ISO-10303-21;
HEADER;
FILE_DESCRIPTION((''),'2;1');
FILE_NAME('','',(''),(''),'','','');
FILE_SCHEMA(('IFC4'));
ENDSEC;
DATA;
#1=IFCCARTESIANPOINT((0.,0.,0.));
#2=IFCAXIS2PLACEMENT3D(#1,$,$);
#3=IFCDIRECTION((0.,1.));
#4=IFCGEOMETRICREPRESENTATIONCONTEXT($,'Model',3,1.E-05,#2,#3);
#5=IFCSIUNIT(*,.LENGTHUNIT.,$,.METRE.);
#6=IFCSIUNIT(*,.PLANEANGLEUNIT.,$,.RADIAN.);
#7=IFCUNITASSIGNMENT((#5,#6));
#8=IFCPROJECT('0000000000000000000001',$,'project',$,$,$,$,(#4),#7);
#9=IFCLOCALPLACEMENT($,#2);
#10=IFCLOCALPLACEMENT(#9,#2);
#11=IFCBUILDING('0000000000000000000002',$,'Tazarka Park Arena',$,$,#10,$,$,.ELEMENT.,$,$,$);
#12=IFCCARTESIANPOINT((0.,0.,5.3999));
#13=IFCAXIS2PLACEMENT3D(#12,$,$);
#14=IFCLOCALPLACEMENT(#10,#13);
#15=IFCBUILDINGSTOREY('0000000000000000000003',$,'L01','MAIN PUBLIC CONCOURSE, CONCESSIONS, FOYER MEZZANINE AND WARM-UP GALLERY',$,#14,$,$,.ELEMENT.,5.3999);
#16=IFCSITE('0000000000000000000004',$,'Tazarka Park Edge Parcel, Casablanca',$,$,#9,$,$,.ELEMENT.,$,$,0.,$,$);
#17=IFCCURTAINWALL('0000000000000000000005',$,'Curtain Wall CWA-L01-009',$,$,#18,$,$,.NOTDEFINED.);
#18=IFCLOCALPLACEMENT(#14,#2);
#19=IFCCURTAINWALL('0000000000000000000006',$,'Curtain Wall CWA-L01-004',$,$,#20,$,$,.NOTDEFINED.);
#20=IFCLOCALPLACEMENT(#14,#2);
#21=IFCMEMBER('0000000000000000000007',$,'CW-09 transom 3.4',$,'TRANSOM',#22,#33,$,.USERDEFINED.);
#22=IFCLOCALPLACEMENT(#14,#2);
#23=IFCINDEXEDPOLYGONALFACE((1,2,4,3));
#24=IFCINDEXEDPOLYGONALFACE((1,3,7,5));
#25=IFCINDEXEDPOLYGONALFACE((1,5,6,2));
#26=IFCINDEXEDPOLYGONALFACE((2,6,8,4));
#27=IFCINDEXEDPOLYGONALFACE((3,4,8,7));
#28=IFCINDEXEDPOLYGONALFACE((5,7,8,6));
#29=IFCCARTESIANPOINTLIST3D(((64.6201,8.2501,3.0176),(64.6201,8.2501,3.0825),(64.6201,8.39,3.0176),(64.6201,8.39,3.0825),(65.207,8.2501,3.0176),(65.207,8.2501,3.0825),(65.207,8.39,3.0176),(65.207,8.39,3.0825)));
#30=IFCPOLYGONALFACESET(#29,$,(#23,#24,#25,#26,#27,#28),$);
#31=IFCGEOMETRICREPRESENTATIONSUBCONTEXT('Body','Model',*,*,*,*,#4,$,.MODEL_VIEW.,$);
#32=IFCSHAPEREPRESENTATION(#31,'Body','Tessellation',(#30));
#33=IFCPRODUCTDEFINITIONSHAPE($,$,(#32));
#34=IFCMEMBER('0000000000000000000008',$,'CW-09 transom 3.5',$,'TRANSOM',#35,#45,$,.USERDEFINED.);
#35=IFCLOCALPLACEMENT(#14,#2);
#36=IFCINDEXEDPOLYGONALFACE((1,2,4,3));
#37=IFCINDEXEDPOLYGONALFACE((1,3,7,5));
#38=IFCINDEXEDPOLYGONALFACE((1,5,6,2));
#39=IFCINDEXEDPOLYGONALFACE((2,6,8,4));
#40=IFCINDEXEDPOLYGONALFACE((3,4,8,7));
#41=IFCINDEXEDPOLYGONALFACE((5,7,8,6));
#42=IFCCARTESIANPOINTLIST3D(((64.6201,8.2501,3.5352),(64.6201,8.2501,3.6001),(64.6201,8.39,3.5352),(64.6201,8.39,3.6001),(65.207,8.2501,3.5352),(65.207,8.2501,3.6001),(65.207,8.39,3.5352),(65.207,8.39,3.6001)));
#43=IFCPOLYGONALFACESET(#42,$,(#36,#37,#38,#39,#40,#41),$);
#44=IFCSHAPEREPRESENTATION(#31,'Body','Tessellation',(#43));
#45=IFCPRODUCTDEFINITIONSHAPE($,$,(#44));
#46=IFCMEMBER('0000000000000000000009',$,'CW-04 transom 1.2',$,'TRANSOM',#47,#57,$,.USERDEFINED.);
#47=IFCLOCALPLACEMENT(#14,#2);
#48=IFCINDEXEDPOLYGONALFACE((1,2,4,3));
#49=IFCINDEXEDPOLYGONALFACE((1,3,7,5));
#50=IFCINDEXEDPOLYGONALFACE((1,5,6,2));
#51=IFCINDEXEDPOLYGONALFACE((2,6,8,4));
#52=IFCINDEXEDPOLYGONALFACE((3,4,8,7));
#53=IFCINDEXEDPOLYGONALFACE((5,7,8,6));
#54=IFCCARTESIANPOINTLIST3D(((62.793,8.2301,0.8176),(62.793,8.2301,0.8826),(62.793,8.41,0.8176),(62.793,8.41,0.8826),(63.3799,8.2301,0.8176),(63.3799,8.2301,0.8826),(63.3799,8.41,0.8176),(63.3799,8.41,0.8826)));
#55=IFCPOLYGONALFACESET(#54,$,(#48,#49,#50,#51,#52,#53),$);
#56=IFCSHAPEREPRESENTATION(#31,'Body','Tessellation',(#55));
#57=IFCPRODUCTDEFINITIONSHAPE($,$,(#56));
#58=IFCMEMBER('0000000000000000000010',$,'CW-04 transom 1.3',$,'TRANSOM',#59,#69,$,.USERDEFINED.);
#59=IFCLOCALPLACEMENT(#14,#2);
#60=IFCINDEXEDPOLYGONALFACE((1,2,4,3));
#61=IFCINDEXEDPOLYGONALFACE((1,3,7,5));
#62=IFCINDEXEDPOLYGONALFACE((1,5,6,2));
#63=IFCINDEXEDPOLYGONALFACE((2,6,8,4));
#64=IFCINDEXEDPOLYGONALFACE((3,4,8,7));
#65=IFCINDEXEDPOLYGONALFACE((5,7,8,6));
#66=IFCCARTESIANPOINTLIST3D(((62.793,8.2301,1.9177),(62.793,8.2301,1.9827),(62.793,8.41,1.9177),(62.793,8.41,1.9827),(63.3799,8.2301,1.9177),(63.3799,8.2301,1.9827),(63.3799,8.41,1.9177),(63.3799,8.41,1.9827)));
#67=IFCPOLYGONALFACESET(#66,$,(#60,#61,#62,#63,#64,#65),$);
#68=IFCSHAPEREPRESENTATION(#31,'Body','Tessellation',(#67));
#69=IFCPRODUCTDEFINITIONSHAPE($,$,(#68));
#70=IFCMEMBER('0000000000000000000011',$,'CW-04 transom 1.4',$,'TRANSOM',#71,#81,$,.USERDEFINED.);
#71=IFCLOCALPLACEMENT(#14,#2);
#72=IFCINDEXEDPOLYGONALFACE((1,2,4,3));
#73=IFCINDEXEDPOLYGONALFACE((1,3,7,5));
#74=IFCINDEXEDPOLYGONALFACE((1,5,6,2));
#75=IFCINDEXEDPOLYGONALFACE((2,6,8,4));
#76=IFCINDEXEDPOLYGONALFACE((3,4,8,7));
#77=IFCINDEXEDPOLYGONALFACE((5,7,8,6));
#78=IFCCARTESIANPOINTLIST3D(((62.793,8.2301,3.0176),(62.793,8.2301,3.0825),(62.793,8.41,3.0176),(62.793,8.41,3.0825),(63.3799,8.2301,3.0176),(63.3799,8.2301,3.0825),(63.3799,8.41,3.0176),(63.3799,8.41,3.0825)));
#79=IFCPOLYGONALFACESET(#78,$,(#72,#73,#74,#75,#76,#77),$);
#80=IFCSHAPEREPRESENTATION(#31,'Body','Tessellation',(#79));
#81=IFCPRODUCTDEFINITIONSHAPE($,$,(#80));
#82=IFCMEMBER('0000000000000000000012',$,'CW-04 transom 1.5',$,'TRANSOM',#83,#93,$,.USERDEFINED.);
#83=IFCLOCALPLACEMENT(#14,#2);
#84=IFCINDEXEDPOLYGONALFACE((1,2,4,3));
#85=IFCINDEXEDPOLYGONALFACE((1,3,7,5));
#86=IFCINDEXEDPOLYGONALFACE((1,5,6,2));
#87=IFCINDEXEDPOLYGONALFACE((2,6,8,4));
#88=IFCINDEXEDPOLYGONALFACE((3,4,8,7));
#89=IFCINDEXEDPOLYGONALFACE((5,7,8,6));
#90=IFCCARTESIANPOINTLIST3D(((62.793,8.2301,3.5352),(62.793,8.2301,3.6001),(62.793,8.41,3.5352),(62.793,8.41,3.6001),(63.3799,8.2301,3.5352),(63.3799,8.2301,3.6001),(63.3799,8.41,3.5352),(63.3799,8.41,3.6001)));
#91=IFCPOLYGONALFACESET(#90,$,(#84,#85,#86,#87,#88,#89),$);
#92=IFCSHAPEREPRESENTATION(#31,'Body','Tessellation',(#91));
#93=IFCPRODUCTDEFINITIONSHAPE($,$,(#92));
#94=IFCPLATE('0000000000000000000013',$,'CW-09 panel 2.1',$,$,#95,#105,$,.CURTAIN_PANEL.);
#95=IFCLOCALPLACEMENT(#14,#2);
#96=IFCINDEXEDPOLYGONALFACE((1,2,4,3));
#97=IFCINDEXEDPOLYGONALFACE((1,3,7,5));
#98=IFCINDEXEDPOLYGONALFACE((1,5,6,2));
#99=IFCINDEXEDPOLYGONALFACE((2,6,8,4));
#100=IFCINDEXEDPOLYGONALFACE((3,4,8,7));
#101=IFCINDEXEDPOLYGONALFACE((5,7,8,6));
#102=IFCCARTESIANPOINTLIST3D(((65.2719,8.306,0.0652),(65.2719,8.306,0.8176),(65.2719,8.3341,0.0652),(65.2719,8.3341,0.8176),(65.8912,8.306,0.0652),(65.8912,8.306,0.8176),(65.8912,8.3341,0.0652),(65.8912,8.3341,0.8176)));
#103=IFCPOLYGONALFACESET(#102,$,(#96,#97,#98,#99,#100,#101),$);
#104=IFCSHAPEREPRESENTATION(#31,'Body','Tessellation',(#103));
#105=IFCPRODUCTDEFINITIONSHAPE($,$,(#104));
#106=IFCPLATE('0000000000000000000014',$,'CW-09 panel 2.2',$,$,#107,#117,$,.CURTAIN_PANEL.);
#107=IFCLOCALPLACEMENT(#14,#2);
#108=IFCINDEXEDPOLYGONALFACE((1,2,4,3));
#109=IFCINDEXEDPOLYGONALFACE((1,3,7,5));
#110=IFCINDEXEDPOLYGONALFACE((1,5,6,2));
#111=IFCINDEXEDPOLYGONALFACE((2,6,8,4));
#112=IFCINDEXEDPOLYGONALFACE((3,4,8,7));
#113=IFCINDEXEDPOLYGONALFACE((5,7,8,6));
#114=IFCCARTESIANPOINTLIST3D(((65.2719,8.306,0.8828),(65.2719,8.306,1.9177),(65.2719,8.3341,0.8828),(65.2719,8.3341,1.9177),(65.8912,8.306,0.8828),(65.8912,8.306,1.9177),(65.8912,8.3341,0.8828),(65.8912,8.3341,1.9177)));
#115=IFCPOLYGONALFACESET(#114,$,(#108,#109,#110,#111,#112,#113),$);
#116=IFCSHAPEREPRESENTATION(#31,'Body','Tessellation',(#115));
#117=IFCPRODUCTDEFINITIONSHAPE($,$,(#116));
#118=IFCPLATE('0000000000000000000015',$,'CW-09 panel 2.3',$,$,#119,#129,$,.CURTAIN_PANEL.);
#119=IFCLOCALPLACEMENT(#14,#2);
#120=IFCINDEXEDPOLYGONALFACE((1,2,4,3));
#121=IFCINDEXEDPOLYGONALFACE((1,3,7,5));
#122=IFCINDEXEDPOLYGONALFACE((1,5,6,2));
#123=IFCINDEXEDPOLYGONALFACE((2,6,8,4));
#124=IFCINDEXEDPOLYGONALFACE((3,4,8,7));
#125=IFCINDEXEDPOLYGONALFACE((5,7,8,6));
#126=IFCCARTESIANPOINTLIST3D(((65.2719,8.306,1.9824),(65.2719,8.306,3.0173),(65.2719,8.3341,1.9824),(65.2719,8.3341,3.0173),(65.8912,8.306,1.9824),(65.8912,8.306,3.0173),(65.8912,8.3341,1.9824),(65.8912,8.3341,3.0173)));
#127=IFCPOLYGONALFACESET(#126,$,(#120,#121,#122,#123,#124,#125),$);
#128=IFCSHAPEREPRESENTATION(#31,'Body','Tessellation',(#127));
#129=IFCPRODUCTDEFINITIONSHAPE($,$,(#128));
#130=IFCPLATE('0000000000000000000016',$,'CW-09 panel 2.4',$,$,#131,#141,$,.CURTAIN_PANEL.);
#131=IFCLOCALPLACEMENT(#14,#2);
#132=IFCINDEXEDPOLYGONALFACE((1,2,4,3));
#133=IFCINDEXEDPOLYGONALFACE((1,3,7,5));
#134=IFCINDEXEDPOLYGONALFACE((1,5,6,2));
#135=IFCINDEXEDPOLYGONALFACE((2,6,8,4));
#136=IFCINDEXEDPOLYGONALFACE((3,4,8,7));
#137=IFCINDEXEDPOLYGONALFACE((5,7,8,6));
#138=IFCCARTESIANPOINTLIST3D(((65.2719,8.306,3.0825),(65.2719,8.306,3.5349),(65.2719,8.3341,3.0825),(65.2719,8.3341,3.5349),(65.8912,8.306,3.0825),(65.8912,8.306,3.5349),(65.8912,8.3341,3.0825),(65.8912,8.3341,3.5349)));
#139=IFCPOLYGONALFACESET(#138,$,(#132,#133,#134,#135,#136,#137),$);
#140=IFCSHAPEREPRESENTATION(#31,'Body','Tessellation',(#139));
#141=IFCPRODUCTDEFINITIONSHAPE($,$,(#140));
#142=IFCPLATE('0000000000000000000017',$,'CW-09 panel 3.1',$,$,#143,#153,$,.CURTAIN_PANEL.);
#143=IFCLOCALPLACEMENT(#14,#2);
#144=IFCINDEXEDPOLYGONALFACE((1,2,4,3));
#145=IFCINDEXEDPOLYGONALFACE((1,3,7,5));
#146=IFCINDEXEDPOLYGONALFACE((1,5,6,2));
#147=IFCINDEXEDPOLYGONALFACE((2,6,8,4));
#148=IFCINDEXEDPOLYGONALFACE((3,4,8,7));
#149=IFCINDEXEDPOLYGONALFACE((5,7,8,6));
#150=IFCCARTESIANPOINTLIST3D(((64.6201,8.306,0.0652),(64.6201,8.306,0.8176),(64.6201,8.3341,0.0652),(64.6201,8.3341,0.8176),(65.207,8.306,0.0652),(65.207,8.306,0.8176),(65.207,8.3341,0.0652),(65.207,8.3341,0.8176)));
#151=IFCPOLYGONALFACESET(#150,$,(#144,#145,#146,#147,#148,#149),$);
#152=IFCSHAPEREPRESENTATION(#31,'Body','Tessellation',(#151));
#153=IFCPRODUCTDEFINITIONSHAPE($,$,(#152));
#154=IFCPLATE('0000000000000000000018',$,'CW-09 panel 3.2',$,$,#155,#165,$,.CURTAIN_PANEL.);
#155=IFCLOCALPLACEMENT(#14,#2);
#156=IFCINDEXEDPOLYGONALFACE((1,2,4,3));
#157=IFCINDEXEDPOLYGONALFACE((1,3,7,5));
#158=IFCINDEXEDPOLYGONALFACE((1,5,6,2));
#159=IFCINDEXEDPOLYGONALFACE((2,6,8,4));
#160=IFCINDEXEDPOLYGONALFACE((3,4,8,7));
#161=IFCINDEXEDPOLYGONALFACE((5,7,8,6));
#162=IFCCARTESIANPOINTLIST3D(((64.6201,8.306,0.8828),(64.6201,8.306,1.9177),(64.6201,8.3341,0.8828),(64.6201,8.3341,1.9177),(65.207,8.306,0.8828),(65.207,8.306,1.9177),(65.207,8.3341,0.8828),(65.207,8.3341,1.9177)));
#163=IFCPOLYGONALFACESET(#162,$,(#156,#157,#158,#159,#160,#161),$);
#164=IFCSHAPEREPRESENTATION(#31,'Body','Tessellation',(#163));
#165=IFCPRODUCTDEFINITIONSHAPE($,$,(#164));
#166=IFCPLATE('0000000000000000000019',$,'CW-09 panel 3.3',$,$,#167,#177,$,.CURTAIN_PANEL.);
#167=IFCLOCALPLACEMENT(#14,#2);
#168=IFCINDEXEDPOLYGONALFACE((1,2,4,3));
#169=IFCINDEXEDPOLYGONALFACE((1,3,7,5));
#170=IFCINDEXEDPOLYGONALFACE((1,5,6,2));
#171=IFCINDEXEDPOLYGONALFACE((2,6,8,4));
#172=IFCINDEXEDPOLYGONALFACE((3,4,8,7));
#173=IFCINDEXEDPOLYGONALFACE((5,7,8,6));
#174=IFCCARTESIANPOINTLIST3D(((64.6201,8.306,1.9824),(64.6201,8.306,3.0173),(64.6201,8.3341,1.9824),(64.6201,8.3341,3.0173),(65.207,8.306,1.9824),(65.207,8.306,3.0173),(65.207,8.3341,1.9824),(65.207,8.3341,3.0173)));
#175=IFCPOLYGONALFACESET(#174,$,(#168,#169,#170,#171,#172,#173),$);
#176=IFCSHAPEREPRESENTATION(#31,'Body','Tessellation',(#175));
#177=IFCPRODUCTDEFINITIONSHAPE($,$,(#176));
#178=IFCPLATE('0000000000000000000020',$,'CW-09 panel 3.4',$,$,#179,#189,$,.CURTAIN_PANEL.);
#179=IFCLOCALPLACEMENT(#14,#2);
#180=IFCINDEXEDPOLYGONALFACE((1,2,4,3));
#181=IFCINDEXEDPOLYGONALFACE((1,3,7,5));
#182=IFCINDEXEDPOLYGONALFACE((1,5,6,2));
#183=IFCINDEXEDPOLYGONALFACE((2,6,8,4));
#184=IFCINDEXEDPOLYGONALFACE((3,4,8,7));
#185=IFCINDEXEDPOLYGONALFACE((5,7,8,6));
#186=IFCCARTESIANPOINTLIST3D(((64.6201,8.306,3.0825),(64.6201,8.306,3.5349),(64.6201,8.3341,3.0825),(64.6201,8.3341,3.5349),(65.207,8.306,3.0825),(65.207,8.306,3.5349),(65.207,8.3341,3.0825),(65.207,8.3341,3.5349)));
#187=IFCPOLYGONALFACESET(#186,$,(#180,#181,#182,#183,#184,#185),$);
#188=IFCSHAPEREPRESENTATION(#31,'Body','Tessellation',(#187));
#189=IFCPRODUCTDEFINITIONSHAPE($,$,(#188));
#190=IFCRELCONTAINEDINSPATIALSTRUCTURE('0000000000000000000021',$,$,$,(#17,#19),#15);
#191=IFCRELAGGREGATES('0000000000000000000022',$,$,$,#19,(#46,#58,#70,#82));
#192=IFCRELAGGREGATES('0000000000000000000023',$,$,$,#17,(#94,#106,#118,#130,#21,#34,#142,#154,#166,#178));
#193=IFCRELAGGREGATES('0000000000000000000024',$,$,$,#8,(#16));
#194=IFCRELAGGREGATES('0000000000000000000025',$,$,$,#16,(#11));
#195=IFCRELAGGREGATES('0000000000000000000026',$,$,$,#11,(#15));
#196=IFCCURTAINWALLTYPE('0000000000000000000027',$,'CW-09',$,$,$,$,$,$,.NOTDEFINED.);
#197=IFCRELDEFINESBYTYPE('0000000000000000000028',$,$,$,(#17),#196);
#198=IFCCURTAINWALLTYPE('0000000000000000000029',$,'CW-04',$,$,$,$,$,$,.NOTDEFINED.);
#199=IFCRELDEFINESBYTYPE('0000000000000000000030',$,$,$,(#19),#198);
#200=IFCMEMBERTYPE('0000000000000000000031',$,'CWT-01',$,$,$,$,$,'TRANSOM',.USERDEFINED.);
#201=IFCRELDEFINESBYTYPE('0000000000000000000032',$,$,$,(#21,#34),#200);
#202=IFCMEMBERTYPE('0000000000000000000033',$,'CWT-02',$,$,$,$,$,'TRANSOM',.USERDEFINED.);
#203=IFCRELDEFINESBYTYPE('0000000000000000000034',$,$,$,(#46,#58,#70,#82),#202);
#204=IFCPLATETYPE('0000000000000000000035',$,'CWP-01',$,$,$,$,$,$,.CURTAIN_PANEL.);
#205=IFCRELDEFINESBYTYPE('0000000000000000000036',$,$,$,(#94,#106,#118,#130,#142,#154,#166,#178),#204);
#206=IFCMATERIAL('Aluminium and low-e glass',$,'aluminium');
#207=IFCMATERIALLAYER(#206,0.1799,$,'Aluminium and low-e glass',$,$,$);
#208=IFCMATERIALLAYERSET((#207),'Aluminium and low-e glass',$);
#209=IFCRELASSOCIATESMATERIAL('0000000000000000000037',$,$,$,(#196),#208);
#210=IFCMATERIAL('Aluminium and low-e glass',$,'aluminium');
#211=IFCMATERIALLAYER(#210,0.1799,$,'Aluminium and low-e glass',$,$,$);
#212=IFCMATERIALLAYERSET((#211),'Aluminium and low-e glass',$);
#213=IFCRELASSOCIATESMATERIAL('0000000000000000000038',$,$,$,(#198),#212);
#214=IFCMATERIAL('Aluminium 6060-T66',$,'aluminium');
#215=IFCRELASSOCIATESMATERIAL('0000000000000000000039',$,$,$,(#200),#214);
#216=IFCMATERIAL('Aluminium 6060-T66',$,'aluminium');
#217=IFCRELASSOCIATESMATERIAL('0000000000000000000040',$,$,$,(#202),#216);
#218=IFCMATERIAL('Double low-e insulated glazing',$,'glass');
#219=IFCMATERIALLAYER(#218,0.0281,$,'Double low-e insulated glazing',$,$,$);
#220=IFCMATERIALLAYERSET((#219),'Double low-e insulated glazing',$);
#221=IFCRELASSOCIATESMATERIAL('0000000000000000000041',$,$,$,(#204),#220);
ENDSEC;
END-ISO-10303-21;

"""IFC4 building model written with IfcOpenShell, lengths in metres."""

from ifc_helpers import new_model, si_unit, direction, frame, origin, origin_2d, place, context, subcontext, project, spatial, rectangle, extrude, material, layer, layer_set, material_profile, profile_set, type_object, element, aggregate, save


model = new_model("IFC4")

# Units and contexts
model_context = context("Model", 3, precision=1e-05, world=origin(), true_north=direction((0.0, 1.0)))
body_context = subcontext(model_context, "Body", "Model", "MODEL_VIEW")
ifc_project = project(units=[si_unit("LENGTHUNIT", "METRE"), si_unit("PLANEANGLEUNIT", "RADIAN")], contexts=[model_context])

# Site, building, storey
site_placement = place(None, origin())
site = spatial("IfcSite", under=ifc_project, at=site_placement, Name="Tazarka Park Edge Parcel, Casablanca", CompositionType="ELEMENT", RefElevation=0.0)
building_placement = place(site_placement, origin())
building = spatial("IfcBuilding", under=site, at=building_placement, Name="Tazarka Park Arena", CompositionType="ELEMENT")
storey_placement = place(building_placement, frame((0.0, 0.0, 5.3999)))
storey = spatial("IfcBuildingStorey", under=building, at=storey_placement, Name="L01", Description="MAIN PUBLIC CONCOURSE, CONCESSIONS, FOYER MEZZANINE AND WARM-UP GALLERY", CompositionType="ELEMENT", Elevation=5.3999)

# Curtain wall
ifc_material_1 = material(Name="Aluminium and low-e glass", Category="aluminium")
ifc_layer_1 = layer(ifc_material_1, 0.1799, Name="Aluminium and low-e glass")
ifc_layer_set_1 = layer_set([ifc_layer_1], Name="Aluminium and low-e glass")
curtain_wall_type_1 = type_object("IfcCurtainWallType", Name="CW-09", PredefinedType="NOTDEFINED", material=ifc_layer_set_1)
curtain_wall_1_placement = place(storey_placement, origin())
curtain_wall_1 = element("IfcCurtainWall", 1, at=curtain_wall_1_placement, inside=storey, type_object=curtain_wall_type_1, Name="Curtain Wall CWA-L01-009", PredefinedType="NOTDEFINED")

# Curtain wall
ifc_material_2 = material(Name="Aluminium and low-e glass", Category="aluminium")
ifc_layer_2 = layer(ifc_material_2, 0.1799, Name="Aluminium and low-e glass")
ifc_layer_set_2 = layer_set([ifc_layer_2], Name="Aluminium and low-e glass")
curtain_wall_type_2 = type_object("IfcCurtainWallType", Name="CW-04", PredefinedType="NOTDEFINED", material=ifc_layer_set_2)
curtain_wall_2_placement = place(storey_placement, origin())
curtain_wall_2 = element("IfcCurtainWall", 2, at=curtain_wall_2_placement, inside=storey, type_object=curtain_wall_type_2, Name="Curtain Wall CWA-L01-004", PredefinedType="NOTDEFINED")

# Members
ifc_material_3 = material(Name="Aluminium 6060-T66", Category="aluminium")
ifc_material_profile_1 = material_profile(ifc_material_3, rectangle(XDim=0.1399, YDim=0.0649, at=origin_2d()), Name="Aluminium 6060-T66")
ifc_profile_set_1 = profile_set([ifc_material_profile_1], Name="Aluminium 6060-T66")
member_type_1 = type_object("IfcMemberType", Name="CWT-01", ElementType="TRANSOM", PredefinedType="USERDEFINED", material=ifc_profile_set_1)
member_1_placement = place(storey_placement, frame((65.207, 8.3201, 3.05), z_axis=(-1.0, 0.0, 0.0), x_axis=(0.0, -1.0, 0.0)))
member_1 = element("IfcMember", 3, at=member_1_placement, type_object=member_type_1, Name="CW-09 transom 3.4", ObjectType="TRANSOM", PredefinedType="USERDEFINED", context=body_context, shape_type="SweptSolid", body=[
    extrude(rectangle(XDim=0.1399, YDim=0.0649, at=origin_2d()), origin(), (0.0, 0.0, 1.0), 0.5869),
])
member_2_placement = place(storey_placement, frame((65.207, 8.3201, 3.5676), z_axis=(-1.0, 0.0, 0.0), x_axis=(0.0, -1.0, 0.0)))
member_2 = element("IfcMember", 4, at=member_2_placement, type_object=member_type_1, Name="CW-09 transom 3.5", ObjectType="TRANSOM", PredefinedType="USERDEFINED", context=body_context, shape_type="SweptSolid", body=[
    extrude(rectangle(XDim=0.1399, YDim=0.0649, at=origin_2d()), origin(), (0.0, 0.0, 1.0), 0.5869),
])
ifc_material_4 = material(Name="Aluminium 6060-T66", Category="aluminium")
ifc_material_profile_2 = material_profile(ifc_material_4, rectangle(XDim=0.1799, YDim=0.0649, at=origin_2d()), Name="Aluminium 6060-T66")
ifc_profile_set_2 = profile_set([ifc_material_profile_2], Name="Aluminium 6060-T66")
member_type_2 = type_object("IfcMemberType", Name="CWT-02", ElementType="TRANSOM", PredefinedType="USERDEFINED", material=ifc_profile_set_2)
member_3_placement = place(storey_placement, frame((63.3799, 8.3201, 0.8501), z_axis=(-1.0, 0.0, 0.0), x_axis=(0.0, -1.0, 0.0)))
member_3 = element("IfcMember", 5, at=member_3_placement, type_object=member_type_2, Name="CW-04 transom 1.2", ObjectType="TRANSOM", PredefinedType="USERDEFINED", context=body_context, shape_type="SweptSolid", body=[
    extrude(rectangle(XDim=0.1799, YDim=0.0649, at=origin_2d()), origin(), (0.0, 0.0, 1.0), 0.5869),
])
member_4_placement = place(storey_placement, frame((63.3799, 8.3201, 1.9502), z_axis=(-1.0, 0.0, 0.0), x_axis=(0.0, -1.0, 0.0)))
member_4 = element("IfcMember", 6, at=member_4_placement, type_object=member_type_2, Name="CW-04 transom 1.3", ObjectType="TRANSOM", PredefinedType="USERDEFINED", context=body_context, shape_type="SweptSolid", body=[
    extrude(rectangle(XDim=0.1799, YDim=0.0649, at=origin_2d()), origin(), (0.0, 0.0, 1.0), 0.5869),
])
member_5_placement = place(storey_placement, frame((63.3799, 8.3201, 3.05), z_axis=(-1.0, 0.0, 0.0), x_axis=(0.0, -1.0, 0.0)))
member_5 = element("IfcMember", 7, at=member_5_placement, type_object=member_type_2, Name="CW-04 transom 1.4", ObjectType="TRANSOM", PredefinedType="USERDEFINED", context=body_context, shape_type="SweptSolid", body=[
    extrude(rectangle(XDim=0.1799, YDim=0.0649, at=origin_2d()), origin(), (0.0, 0.0, 1.0), 0.5869),
])
member_6_placement = place(storey_placement, frame((63.3799, 8.3201, 3.5676), z_axis=(-1.0, 0.0, 0.0), x_axis=(0.0, -1.0, 0.0)))
member_6 = element("IfcMember", 8, at=member_6_placement, type_object=member_type_2, Name="CW-04 transom 1.5", ObjectType="TRANSOM", PredefinedType="USERDEFINED", context=body_context, shape_type="SweptSolid", body=[
    extrude(rectangle(XDim=0.1799, YDim=0.0649, at=origin_2d()), origin(), (0.0, 0.0, 1.0), 0.5869),
])
aggregate(curtain_wall_2, [member_3, member_4, member_5, member_6])

# Plates
ifc_material_5 = material(Name="Double low-e insulated glazing", Category="glass")
ifc_layer_3 = layer(ifc_material_5, 0.0281, Name="Double low-e insulated glazing")
ifc_layer_set_3 = layer_set([ifc_layer_3], Name="Double low-e insulated glazing")
plate_type = type_object("IfcPlateType", Name="CWP-01", PredefinedType="CURTAIN_PANEL", material=ifc_layer_set_3)
plate_1_placement = place(storey_placement, frame((65.5815, 8.3201, 0.0652), z_axis=(0.0, 0.0, 1.0), x_axis=(-1.0, 0.0, 0.0)))
plate_1 = element("IfcPlate", 9, at=plate_1_placement, type_object=plate_type, Name="CW-09 panel 2.1", PredefinedType="CURTAIN_PANEL", context=body_context, shape_type="SweptSolid", body=[
    extrude(rectangle(XDim=0.6194, YDim=0.0281, at=origin_2d()), origin(), (0.0, 0.0, 1.0), 0.7524),
])
plate_2_placement = place(storey_placement, frame((65.5815, 8.3201, 0.8828), z_axis=(0.0, 0.0, 1.0), x_axis=(-1.0, 0.0, 0.0)))
plate_2 = element("IfcPlate", 10, at=plate_2_placement, type_object=plate_type, Name="CW-09 panel 2.2", PredefinedType="CURTAIN_PANEL", context=body_context, shape_type="SweptSolid", body=[
    extrude(rectangle(XDim=0.6194, YDim=0.0281, at=origin_2d()), origin(), (0.0, 0.0, 1.0), 1.0349),
])
plate_3_placement = place(storey_placement, frame((65.5815, 8.3201, 1.9824), z_axis=(0.0, 0.0, 1.0), x_axis=(-1.0, 0.0, 0.0)))
plate_3 = element("IfcPlate", 11, at=plate_3_placement, type_object=plate_type, Name="CW-09 panel 2.3", PredefinedType="CURTAIN_PANEL", context=body_context, shape_type="SweptSolid", body=[
    extrude(rectangle(XDim=0.6194, YDim=0.0281, at=origin_2d()), origin(), (0.0, 0.0, 1.0), 1.0349),
])
plate_4_placement = place(storey_placement, frame((65.5815, 8.3201, 3.0825), z_axis=(0.0, 0.0, 1.0), x_axis=(-1.0, 0.0, 0.0)))
plate_4 = element("IfcPlate", 12, at=plate_4_placement, type_object=plate_type, Name="CW-09 panel 2.4", PredefinedType="CURTAIN_PANEL", context=body_context, shape_type="SweptSolid", body=[
    extrude(rectangle(XDim=0.6194, YDim=0.0281, at=origin_2d()), origin(), (0.0, 0.0, 1.0), 0.4524),
])
plate_5_placement = place(storey_placement, frame((64.9136, 8.3201, 0.0652), z_axis=(0.0, 0.0, 1.0), x_axis=(-1.0, 0.0, 0.0)))
plate_5 = element("IfcPlate", 13, at=plate_5_placement, type_object=plate_type, Name="CW-09 panel 3.1", PredefinedType="CURTAIN_PANEL", context=body_context, shape_type="SweptSolid", body=[
    extrude(rectangle(XDim=0.5869, YDim=0.0281, at=origin_2d()), origin(), (0.0, 0.0, 1.0), 0.7524),
])
plate_6_placement = place(storey_placement, frame((64.9136, 8.3201, 0.8828), z_axis=(0.0, 0.0, 1.0), x_axis=(-1.0, 0.0, 0.0)))
plate_6 = element("IfcPlate", 14, at=plate_6_placement, type_object=plate_type, Name="CW-09 panel 3.2", PredefinedType="CURTAIN_PANEL", context=body_context, shape_type="SweptSolid", body=[
    extrude(rectangle(XDim=0.5869, YDim=0.0281, at=origin_2d()), origin(), (0.0, 0.0, 1.0), 1.0349),
])
plate_7_placement = place(storey_placement, frame((64.9136, 8.3201, 1.9824), z_axis=(0.0, 0.0, 1.0), x_axis=(-1.0, 0.0, 0.0)))
plate_7 = element("IfcPlate", 15, at=plate_7_placement, type_object=plate_type, Name="CW-09 panel 3.3", PredefinedType="CURTAIN_PANEL", context=body_context, shape_type="SweptSolid", body=[
    extrude(rectangle(XDim=0.5869, YDim=0.0281, at=origin_2d()), origin(), (0.0, 0.0, 1.0), 1.0349),
])
plate_8_placement = place(storey_placement, frame((64.9136, 8.3201, 3.0825), z_axis=(0.0, 0.0, 1.0), x_axis=(-1.0, 0.0, 0.0)))
plate_8 = element("IfcPlate", 16, at=plate_8_placement, type_object=plate_type, Name="CW-09 panel 3.4", PredefinedType="CURTAIN_PANEL", context=body_context, shape_type="SweptSolid", body=[
    extrude(rectangle(XDim=0.5869, YDim=0.0281, at=origin_2d()), origin(), (0.0, 0.0, 1.0), 0.4524),
])
aggregate(curtain_wall_1, [plate_1, plate_2, plate_3, plate_4, member_1, member_2, plate_5, plate_6, plate_7, plate_8])

save(model, "model.ifc")
